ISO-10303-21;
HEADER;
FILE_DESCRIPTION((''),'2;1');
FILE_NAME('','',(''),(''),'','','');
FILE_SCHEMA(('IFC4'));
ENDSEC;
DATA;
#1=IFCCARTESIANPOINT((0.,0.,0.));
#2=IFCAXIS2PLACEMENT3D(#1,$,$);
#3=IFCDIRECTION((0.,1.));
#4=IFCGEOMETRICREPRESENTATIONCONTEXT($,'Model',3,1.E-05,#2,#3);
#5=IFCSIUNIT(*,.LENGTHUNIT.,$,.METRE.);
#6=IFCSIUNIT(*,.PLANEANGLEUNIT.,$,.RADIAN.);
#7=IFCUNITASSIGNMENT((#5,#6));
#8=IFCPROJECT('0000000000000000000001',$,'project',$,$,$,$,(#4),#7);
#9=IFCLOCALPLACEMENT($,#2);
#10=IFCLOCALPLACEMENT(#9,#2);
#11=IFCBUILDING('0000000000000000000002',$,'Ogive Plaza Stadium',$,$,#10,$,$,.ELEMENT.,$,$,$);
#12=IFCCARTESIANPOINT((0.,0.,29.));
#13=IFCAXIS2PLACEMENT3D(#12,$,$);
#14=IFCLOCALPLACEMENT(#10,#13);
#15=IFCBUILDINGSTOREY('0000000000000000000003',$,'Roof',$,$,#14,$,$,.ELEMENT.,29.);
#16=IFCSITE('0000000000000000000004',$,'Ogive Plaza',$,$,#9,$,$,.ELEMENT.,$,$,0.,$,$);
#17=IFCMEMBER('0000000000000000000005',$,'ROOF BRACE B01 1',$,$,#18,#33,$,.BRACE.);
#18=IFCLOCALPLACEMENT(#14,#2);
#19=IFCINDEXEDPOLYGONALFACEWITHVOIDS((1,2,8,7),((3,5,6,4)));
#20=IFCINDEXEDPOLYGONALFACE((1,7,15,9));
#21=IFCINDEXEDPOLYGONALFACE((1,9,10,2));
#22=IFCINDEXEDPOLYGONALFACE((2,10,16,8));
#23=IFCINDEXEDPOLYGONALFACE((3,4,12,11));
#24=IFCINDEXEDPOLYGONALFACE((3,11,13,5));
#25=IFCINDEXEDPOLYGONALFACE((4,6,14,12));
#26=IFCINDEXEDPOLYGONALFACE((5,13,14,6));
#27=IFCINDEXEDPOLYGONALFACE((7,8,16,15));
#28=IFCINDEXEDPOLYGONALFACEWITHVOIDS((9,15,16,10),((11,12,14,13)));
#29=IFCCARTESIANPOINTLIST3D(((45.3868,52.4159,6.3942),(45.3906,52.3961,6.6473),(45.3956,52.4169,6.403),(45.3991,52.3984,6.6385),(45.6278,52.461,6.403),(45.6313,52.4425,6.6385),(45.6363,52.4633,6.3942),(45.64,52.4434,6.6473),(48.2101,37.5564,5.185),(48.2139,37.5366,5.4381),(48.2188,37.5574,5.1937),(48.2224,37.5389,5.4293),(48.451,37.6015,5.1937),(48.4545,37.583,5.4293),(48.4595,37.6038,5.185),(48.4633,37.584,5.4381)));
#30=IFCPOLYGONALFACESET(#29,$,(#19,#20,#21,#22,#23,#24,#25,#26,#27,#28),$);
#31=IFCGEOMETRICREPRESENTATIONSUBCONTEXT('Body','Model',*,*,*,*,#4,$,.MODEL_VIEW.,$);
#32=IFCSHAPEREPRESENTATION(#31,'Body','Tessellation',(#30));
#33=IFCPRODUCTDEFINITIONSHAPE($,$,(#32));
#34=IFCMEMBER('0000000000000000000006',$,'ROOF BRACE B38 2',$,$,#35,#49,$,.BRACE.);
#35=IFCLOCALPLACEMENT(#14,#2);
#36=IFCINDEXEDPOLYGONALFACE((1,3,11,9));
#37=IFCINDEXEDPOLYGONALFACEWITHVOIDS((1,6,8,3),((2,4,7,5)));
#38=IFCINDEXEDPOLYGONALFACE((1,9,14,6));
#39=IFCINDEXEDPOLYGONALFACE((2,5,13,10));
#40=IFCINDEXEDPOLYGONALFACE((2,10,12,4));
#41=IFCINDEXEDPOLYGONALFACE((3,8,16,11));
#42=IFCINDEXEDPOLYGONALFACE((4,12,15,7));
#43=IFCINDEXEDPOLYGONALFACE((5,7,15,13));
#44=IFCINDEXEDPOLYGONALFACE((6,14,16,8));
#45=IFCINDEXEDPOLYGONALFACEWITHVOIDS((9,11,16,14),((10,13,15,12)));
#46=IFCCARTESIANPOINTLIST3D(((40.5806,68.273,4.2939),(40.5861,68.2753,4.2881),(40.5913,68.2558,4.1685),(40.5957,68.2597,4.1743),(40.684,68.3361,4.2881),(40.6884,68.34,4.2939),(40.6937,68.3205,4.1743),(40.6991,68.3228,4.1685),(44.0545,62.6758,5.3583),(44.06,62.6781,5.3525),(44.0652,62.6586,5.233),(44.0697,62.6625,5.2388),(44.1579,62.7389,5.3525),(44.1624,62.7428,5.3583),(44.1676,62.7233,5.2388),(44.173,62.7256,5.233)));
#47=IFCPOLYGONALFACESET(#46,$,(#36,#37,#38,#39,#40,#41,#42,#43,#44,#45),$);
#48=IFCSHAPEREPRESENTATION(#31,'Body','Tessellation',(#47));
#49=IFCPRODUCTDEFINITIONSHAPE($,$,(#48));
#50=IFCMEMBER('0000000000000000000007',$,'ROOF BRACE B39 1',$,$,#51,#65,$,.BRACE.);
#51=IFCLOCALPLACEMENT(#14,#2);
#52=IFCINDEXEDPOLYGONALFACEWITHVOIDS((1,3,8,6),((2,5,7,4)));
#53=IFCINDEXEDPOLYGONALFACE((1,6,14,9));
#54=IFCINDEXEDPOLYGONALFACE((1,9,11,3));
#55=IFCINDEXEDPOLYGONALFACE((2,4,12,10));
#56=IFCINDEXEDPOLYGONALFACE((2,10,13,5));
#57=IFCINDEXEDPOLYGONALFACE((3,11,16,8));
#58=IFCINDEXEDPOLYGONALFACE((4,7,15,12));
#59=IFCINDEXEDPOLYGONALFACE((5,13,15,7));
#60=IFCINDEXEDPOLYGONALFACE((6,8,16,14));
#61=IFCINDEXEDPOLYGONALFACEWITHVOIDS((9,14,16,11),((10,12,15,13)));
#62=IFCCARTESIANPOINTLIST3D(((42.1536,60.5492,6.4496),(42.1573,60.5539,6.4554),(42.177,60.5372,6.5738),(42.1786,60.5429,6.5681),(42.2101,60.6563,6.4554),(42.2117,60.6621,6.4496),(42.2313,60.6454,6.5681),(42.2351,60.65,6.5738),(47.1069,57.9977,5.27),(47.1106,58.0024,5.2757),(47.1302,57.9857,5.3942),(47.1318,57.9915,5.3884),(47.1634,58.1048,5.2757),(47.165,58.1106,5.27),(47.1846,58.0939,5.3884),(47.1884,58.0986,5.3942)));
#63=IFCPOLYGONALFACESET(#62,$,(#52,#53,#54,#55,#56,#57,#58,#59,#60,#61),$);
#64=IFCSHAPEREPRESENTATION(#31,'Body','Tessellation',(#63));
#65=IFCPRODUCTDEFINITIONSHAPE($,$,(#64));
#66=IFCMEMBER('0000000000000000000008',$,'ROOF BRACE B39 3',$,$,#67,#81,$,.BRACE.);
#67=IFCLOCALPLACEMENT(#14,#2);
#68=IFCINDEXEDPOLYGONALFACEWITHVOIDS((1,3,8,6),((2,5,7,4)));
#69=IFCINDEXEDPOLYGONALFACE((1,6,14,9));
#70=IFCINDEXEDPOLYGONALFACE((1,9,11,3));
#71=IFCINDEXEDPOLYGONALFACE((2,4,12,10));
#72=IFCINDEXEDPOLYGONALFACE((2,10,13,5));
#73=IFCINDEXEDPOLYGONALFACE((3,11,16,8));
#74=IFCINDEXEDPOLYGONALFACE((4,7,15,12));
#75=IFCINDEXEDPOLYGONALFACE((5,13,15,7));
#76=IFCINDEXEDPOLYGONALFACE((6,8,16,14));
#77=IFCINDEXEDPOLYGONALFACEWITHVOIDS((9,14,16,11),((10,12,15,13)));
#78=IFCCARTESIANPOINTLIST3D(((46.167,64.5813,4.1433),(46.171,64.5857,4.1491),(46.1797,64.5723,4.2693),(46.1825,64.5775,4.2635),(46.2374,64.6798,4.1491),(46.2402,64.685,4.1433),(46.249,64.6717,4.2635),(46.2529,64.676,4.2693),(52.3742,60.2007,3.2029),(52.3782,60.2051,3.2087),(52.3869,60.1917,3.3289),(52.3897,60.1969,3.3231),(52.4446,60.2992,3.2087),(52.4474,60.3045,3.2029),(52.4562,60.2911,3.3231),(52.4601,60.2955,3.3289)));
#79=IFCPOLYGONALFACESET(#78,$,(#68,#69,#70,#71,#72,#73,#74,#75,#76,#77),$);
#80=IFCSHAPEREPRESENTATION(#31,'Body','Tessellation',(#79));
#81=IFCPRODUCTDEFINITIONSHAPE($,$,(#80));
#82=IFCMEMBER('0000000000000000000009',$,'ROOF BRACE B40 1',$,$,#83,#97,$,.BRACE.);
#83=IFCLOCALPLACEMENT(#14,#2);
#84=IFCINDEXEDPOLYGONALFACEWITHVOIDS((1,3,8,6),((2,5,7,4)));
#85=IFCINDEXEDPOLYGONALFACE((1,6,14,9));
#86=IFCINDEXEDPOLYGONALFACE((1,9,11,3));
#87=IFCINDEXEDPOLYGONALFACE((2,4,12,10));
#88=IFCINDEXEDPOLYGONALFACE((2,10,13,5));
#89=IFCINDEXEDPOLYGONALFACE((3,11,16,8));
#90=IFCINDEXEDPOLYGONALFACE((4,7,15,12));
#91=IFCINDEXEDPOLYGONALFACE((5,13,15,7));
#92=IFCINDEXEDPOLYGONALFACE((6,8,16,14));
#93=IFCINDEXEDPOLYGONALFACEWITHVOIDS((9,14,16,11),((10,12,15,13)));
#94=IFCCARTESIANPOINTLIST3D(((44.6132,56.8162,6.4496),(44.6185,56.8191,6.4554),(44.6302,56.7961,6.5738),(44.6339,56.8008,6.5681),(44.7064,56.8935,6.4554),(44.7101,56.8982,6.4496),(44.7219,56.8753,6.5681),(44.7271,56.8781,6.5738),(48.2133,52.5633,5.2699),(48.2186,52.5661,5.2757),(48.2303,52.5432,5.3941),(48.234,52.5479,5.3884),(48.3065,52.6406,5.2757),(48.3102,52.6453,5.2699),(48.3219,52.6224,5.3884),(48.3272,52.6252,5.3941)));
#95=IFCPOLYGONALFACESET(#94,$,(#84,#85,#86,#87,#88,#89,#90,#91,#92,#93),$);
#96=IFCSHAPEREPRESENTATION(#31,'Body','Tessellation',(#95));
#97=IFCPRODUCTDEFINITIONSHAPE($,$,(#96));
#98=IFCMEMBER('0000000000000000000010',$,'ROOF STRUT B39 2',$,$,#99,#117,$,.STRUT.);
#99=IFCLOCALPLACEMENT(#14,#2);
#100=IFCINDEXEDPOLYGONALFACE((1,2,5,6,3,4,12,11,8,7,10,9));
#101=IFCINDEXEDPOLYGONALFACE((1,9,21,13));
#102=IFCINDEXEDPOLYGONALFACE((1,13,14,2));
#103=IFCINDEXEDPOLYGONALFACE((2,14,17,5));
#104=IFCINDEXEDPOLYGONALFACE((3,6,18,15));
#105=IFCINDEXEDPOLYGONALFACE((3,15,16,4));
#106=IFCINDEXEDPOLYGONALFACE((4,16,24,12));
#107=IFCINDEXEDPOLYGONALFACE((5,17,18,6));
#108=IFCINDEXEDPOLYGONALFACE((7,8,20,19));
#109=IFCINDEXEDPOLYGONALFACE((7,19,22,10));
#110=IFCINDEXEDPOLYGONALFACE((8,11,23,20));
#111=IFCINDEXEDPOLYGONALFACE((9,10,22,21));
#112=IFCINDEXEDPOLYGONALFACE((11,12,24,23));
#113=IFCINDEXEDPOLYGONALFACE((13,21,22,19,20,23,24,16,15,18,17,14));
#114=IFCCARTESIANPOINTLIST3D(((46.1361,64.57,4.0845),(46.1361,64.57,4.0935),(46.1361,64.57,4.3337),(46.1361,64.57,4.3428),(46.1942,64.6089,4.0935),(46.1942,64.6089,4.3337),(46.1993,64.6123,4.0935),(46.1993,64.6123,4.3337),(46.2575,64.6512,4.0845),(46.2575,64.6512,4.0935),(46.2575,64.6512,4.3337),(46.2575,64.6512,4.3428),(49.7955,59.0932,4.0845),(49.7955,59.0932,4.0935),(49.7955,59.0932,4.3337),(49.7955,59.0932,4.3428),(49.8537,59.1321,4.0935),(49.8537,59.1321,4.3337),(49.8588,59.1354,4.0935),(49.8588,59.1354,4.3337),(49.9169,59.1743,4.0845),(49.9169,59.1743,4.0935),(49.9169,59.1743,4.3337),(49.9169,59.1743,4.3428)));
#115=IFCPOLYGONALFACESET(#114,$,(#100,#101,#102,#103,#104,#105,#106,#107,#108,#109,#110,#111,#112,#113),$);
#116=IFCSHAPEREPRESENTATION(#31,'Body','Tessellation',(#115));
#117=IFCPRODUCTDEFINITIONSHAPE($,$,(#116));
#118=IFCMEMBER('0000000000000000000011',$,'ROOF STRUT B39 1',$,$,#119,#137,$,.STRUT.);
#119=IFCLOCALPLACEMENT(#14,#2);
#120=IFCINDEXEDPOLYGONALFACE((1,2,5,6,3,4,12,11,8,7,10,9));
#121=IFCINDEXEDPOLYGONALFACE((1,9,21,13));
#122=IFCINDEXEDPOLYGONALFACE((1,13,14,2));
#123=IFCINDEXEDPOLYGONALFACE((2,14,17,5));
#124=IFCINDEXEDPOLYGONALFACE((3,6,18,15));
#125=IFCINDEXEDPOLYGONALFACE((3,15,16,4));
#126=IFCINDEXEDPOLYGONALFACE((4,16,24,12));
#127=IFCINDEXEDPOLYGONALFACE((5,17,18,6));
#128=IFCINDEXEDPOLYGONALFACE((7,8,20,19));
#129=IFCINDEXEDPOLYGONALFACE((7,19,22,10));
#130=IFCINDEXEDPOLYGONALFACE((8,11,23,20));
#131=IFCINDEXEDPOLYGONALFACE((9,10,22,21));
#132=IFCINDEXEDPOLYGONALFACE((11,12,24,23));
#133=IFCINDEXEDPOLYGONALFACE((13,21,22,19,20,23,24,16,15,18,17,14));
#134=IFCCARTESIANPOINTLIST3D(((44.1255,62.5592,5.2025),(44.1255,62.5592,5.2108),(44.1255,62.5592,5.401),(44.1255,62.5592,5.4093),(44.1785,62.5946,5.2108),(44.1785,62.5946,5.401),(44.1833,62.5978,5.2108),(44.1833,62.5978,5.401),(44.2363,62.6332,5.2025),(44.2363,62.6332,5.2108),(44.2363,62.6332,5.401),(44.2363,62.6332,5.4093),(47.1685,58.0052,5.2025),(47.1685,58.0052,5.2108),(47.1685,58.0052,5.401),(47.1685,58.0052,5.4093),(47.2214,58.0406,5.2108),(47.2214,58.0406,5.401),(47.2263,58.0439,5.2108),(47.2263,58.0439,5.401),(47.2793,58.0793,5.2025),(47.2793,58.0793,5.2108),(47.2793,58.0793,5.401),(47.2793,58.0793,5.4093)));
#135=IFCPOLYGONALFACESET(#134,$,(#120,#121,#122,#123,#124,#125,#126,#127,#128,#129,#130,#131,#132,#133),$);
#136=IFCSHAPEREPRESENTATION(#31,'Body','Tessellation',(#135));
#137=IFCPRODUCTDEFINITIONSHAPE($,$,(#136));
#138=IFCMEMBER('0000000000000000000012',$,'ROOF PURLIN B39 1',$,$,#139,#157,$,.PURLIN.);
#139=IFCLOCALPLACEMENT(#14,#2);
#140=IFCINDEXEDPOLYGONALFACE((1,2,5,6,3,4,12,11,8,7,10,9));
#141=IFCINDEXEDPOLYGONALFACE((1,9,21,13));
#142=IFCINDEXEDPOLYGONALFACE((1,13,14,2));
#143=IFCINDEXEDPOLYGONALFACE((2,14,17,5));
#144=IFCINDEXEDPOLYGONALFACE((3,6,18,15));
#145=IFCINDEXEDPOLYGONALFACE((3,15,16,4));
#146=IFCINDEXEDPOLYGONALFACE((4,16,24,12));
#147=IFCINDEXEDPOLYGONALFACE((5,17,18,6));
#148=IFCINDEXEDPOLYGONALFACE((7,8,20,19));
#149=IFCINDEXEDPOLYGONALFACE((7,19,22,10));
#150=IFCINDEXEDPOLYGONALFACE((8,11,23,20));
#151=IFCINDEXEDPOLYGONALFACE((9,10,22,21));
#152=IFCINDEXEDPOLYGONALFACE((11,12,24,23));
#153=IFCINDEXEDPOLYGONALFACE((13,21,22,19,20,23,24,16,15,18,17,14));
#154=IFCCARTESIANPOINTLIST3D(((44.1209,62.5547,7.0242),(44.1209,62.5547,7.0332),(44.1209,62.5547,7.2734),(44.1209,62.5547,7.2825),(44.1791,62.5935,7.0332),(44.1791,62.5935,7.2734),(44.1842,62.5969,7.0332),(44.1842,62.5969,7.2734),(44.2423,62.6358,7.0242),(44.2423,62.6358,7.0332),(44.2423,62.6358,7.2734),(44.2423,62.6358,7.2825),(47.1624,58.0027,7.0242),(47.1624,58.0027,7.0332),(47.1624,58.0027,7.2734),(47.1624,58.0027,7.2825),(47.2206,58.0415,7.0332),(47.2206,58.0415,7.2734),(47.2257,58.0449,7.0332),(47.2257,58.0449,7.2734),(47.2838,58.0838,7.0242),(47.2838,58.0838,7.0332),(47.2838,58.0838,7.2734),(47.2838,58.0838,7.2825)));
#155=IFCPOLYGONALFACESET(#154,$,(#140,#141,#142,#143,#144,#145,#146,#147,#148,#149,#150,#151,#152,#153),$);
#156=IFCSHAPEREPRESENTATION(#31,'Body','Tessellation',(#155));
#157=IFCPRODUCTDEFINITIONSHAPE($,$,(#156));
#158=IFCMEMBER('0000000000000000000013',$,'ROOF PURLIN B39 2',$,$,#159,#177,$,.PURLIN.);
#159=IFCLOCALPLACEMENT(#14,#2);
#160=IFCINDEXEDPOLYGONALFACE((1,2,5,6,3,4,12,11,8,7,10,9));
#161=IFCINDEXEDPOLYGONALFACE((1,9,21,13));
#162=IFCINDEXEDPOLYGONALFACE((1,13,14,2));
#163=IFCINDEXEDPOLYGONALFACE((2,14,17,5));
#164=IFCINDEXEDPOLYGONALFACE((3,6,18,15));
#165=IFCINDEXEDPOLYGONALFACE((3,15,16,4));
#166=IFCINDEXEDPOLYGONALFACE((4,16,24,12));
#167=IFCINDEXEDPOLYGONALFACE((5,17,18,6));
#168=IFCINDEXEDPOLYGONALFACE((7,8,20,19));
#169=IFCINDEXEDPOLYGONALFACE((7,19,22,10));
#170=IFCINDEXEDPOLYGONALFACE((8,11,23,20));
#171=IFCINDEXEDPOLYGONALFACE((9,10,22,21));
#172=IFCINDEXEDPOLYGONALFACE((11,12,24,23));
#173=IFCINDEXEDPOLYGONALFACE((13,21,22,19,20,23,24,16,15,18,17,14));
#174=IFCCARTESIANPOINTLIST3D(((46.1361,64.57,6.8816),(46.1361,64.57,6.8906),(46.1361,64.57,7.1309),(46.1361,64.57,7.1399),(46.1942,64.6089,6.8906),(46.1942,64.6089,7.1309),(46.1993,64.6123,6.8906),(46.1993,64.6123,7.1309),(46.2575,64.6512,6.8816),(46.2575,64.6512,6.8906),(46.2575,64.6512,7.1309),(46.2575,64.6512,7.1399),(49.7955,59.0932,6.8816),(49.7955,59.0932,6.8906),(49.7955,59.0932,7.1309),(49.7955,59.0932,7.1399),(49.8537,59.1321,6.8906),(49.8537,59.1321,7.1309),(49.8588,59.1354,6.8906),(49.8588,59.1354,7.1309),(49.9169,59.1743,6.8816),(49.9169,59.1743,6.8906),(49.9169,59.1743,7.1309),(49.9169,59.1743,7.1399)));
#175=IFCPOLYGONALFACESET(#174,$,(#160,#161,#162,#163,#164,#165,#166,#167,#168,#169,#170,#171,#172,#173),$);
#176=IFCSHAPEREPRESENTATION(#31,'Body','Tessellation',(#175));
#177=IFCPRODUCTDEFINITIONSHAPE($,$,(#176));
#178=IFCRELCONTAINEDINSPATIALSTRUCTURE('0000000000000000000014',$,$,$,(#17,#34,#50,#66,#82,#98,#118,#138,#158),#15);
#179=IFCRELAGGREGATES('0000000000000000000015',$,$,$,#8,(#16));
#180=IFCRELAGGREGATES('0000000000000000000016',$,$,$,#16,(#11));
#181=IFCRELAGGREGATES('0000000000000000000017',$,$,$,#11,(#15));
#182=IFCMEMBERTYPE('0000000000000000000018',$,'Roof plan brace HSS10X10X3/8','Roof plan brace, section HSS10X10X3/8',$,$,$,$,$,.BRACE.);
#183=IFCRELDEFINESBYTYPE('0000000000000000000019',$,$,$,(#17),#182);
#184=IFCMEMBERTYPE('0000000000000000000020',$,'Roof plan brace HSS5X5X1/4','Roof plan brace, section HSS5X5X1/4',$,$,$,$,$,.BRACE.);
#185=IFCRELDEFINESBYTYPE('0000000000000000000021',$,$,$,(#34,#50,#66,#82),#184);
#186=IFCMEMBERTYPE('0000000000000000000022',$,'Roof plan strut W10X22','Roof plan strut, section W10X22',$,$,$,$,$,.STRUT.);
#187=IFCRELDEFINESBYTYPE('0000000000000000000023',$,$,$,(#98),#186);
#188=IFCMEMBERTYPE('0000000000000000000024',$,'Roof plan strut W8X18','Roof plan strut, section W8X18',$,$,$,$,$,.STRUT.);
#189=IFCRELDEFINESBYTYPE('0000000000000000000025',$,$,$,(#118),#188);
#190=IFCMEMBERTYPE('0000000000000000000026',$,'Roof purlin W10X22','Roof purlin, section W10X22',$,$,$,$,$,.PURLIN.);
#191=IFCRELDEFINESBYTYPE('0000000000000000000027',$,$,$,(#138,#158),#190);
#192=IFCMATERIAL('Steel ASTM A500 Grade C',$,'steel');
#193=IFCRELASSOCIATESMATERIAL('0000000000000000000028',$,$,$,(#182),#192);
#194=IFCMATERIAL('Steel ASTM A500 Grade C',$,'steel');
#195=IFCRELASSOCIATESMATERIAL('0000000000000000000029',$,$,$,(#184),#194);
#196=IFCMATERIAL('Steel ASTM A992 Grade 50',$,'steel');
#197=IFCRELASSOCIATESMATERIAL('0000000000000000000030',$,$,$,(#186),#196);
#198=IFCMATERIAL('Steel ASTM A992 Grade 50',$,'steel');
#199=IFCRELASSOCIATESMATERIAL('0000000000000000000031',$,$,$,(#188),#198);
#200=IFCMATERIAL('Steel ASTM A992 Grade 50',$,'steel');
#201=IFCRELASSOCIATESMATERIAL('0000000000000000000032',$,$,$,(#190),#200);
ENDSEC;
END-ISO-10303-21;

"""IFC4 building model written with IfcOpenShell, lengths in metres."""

from ifc_helpers import new_model, si_unit, direction, frame, origin, origin_2d, place, context, subcontext, project, spatial, hollow_rectangle, i_section, extrude, material, material_profile, profile_set, type_object, element, save


model = new_model("IFC4")

# Units and contexts
model_context = context("Model", 3, precision=1e-05, world=origin(), true_north=direction((0.0, 1.0)))
body_context = subcontext(model_context, "Body", "Model", "MODEL_VIEW")
ifc_project = project(units=[si_unit("LENGTHUNIT", "METRE"), si_unit("PLANEANGLEUNIT", "RADIAN")], contexts=[model_context])

# Site, building, storey
site_placement = place(None, origin())
site = spatial("IfcSite", under=ifc_project, at=site_placement, Name="Ogive Plaza", CompositionType="ELEMENT", RefElevation=0.0)
building_placement = place(site_placement, origin())
building = spatial("IfcBuilding", under=site, at=building_placement, Name="Ogive Plaza Stadium", CompositionType="ELEMENT")
storey_placement = place(building_placement, frame((0.0, 0.0, 29.0)))
storey = spatial("IfcBuildingStorey", under=building, at=storey_placement, Name="Roof", CompositionType="ELEMENT", Elevation=29.0)

# Members
ifc_material_1 = material(Name="Steel ASTM A500 Grade C", Category="steel")
ifc_material_profile_1 = material_profile(ifc_material_1, hollow_rectangle(XDim=0.2539, YDim=0.2539, WallThickness=0.0088, at=origin_2d()), Name="HSS10X10X3/8")
ifc_profile_set_1 = profile_set([ifc_material_profile_1], Name="Steel ASTM A500 Grade C")
member_type_1 = type_object("IfcMemberType", Name="Roof plan brace HSS10X10X3/8", Description="Roof plan brace, section HSS10X10X3/8", PredefinedType="BRACE", material=ifc_profile_set_1)
member_1_placement = place(storey_placement, frame((45.5134, 52.4297, 6.5208), z_axis=(0.186064, -0.9793, -0.079694), x_axis=(0.982425, 0.186658, 0.0)))
element("IfcMember", 1, at=member_1_placement, inside=storey, type_object=member_type_1, Name="ROOF BRACE B01 1", PredefinedType="BRACE", context=body_context, shape_type="SweptSolid", body=[
    extrude(hollow_rectangle(XDim=0.2539, YDim=0.2539, WallThickness=0.0088, at=origin_2d()), origin(), (0.0, 0.0, 1.0), 15.1736),
])
ifc_material_2 = material(Name="Steel ASTM A500 Grade C", Category="steel")
ifc_material_profile_2 = material_profile(ifc_material_2, hollow_rectangle(XDim=0.127, YDim=0.127, WallThickness=0.0059, at=origin_2d()), Name="HSS5X5X1/4")
ifc_profile_set_2 = profile_set([ifc_material_profile_2], Name="Steel ASTM A500 Grade C")
member_type_2 = type_object("IfcMemberType", Name="Roof plan brace HSS5X5X1/4", Description="Roof plan brace, section HSS5X5X1/4", PredefinedType="BRACE", material=ifc_profile_set_2)
member_2_placement = place(storey_placement, frame((44.1138, 62.7007, 5.2957), z_axis=(-0.520586, 0.838776, -0.159516), x_axis=(-0.849656, -0.527338, 0.0)))
element("IfcMember", 2, at=member_2_placement, inside=storey, type_object=member_type_2, Name="ROOF BRACE B38 2", PredefinedType="BRACE", context=body_context, shape_type="SweptSolid", body=[
    extrude(hollow_rectangle(XDim=0.127, YDim=0.127, WallThickness=0.0059, at=origin_2d()), origin(), (0.0, 0.0, 1.0), 6.6731),
])
member_3_placement = place(storey_placement, frame((42.1943, 60.5996, 6.5117), z_axis=(0.869712, -0.447994, -0.207129), x_axis=(0.457925, 0.888991, 0.0)))
element("IfcMember", 3, at=member_3_placement, inside=storey, type_object=member_type_2, Name="ROOF BRACE B39 1", PredefinedType="BRACE", context=body_context, shape_type="SweptSolid", body=[
    extrude(hollow_rectangle(XDim=0.127, YDim=0.127, WallThickness=0.0059, at=origin_2d()), origin(), (0.0, 0.0, 1.0), 5.6953),
])
member_4_placement = place(storey_placement, frame((46.21, 64.6287, 4.2063), z_axis=(0.810841, -0.572229, -0.122846), x_axis=(0.576596, 0.817029, 0.0)))
element("IfcMember", 4, at=member_4_placement, inside=storey, type_object=member_type_2, Name="ROOF BRACE B39 3", PredefinedType="BRACE", context=body_context, shape_type="SweptSolid", body=[
    extrude(hollow_rectangle(XDim=0.127, YDim=0.127, WallThickness=0.0059, at=origin_2d()), origin(), (0.0, 0.0, 1.0), 7.6553),
])
member_5_placement = place(storey_placement, frame((44.6702, 56.8472, 6.5117), z_axis=(0.632085, -0.746705, -0.207123), x_axis=(0.763257, 0.646095, 0.0)))
element("IfcMember", 5, at=member_5_placement, inside=storey, type_object=member_type_2, Name="ROOF BRACE B40 1", PredefinedType="BRACE", context=body_context, shape_type="SweptSolid", body=[
    extrude(hollow_rectangle(XDim=0.127, YDim=0.127, WallThickness=0.0059, at=origin_2d()), origin(), (0.0, 0.0, 1.0), 5.6956),
])
ifc_material_3 = material(Name="Steel ASTM A992 Grade 50", Category="steel")
ifc_material_profile_3 = material_profile(ifc_material_3, i_section(OverallWidth=0.146, OverallDepth=0.2583, WebThickness=0.0061, FlangeThickness=0.009, at=origin_2d()), Name="W10X22")
ifc_profile_set_3 = profile_set([ifc_material_profile_3], Name="Steel ASTM A992 Grade 50")
member_type_3 = type_object("IfcMemberType", Name="Roof plan strut W10X22", Description="Roof plan strut, section W10X22", PredefinedType="STRUT", material=ifc_profile_set_3)
member_6_placement = place(storey_placement, frame((46.1968, 64.6106, 4.2136), z_axis=(0.555564, -0.831474, 0.0), x_axis=(0.831474, 0.555564, 0.0)))
element("IfcMember", 6, at=member_6_placement, inside=storey, type_object=member_type_3, Name="ROOF STRUT B39 2", PredefinedType="STRUT", context=body_context, shape_type="SweptSolid", body=[
    extrude(i_section(OverallWidth=0.146, OverallDepth=0.2583, WebThickness=0.0061, FlangeThickness=0.009, at=origin_2d()), origin(), (0.0, 0.0, 1.0), 6.5869),
])
ifc_material_4 = material(Name="Steel ASTM A992 Grade 50", Category="steel")
ifc_material_profile_4 = material_profile(ifc_material_4, i_section(OverallWidth=0.1333, OverallDepth=0.2068, WebThickness=0.0059, FlangeThickness=0.0083, at=origin_2d()), Name="W8X18")
ifc_profile_set_4 = profile_set([ifc_material_profile_4], Name="Steel ASTM A992 Grade 50")
member_type_4 = type_object("IfcMemberType", Name="Roof plan strut W8X18", Description="Roof plan strut, section W8X18", PredefinedType="STRUT", material=ifc_profile_set_4)
member_7_placement = place(storey_placement, frame((44.1809, 62.5962, 5.3059), z_axis=(0.555585, -0.83146, 0.0), x_axis=(0.83146, 0.555585, 0.0)))
element("IfcMember", 7, at=member_7_placement, inside=storey, type_object=member_type_4, Name="ROOF STRUT B39 1", PredefinedType="STRUT", context=body_context, shape_type="SweptSolid", body=[
    extrude(i_section(OverallWidth=0.1333, OverallDepth=0.2068, WebThickness=0.0059, FlangeThickness=0.0083, at=origin_2d()), origin(), (0.0, 0.0, 1.0), 5.4771),
])
ifc_material_5 = material(Name="Steel ASTM A992 Grade 50", Category="steel")
ifc_material_profile_5 = material_profile(ifc_material_5, i_section(OverallWidth=0.146, OverallDepth=0.2583, WebThickness=0.0061, FlangeThickness=0.009, at=origin_2d()), Name="W10X22")
ifc_profile_set_5 = profile_set([ifc_material_profile_5], Name="Steel ASTM A992 Grade 50")
member_type_5 = type_object("IfcMemberType", Name="Roof purlin W10X22", Description="Roof purlin, section W10X22", PredefinedType="PURLIN", material=ifc_profile_set_5)
member_8_placement = place(storey_placement, frame((44.1816, 62.5952, 7.1533), z_axis=(0.555564, -0.831474, 0.0), x_axis=(0.831474, 0.555564, 0.0)))
element("IfcMember", 8, at=member_8_placement, inside=storey, type_object=member_type_5, Name="ROOF PURLIN B39 1", PredefinedType="PURLIN", context=body_context, shape_type="SweptSolid", body=[
    extrude(i_section(OverallWidth=0.146, OverallDepth=0.2583, WebThickness=0.0061, FlangeThickness=0.009, at=origin_2d()), origin(), (0.0, 0.0, 1.0), 5.4746),
])
member_9_placement = place(storey_placement, frame((46.1968, 64.6106, 7.0107), z_axis=(0.555564, -0.831474, 0.0), x_axis=(0.831474, 0.555564, 0.0)))
element("IfcMember", 9, at=member_9_placement, inside=storey, type_object=member_type_5, Name="ROOF PURLIN B39 2", PredefinedType="PURLIN", context=body_context, shape_type="SweptSolid", body=[
    extrude(i_section(OverallWidth=0.146, OverallDepth=0.2583, WebThickness=0.0061, FlangeThickness=0.009, at=origin_2d()), origin(), (0.0, 0.0, 1.0), 6.5869),
])

save(model, "model.ifc")
